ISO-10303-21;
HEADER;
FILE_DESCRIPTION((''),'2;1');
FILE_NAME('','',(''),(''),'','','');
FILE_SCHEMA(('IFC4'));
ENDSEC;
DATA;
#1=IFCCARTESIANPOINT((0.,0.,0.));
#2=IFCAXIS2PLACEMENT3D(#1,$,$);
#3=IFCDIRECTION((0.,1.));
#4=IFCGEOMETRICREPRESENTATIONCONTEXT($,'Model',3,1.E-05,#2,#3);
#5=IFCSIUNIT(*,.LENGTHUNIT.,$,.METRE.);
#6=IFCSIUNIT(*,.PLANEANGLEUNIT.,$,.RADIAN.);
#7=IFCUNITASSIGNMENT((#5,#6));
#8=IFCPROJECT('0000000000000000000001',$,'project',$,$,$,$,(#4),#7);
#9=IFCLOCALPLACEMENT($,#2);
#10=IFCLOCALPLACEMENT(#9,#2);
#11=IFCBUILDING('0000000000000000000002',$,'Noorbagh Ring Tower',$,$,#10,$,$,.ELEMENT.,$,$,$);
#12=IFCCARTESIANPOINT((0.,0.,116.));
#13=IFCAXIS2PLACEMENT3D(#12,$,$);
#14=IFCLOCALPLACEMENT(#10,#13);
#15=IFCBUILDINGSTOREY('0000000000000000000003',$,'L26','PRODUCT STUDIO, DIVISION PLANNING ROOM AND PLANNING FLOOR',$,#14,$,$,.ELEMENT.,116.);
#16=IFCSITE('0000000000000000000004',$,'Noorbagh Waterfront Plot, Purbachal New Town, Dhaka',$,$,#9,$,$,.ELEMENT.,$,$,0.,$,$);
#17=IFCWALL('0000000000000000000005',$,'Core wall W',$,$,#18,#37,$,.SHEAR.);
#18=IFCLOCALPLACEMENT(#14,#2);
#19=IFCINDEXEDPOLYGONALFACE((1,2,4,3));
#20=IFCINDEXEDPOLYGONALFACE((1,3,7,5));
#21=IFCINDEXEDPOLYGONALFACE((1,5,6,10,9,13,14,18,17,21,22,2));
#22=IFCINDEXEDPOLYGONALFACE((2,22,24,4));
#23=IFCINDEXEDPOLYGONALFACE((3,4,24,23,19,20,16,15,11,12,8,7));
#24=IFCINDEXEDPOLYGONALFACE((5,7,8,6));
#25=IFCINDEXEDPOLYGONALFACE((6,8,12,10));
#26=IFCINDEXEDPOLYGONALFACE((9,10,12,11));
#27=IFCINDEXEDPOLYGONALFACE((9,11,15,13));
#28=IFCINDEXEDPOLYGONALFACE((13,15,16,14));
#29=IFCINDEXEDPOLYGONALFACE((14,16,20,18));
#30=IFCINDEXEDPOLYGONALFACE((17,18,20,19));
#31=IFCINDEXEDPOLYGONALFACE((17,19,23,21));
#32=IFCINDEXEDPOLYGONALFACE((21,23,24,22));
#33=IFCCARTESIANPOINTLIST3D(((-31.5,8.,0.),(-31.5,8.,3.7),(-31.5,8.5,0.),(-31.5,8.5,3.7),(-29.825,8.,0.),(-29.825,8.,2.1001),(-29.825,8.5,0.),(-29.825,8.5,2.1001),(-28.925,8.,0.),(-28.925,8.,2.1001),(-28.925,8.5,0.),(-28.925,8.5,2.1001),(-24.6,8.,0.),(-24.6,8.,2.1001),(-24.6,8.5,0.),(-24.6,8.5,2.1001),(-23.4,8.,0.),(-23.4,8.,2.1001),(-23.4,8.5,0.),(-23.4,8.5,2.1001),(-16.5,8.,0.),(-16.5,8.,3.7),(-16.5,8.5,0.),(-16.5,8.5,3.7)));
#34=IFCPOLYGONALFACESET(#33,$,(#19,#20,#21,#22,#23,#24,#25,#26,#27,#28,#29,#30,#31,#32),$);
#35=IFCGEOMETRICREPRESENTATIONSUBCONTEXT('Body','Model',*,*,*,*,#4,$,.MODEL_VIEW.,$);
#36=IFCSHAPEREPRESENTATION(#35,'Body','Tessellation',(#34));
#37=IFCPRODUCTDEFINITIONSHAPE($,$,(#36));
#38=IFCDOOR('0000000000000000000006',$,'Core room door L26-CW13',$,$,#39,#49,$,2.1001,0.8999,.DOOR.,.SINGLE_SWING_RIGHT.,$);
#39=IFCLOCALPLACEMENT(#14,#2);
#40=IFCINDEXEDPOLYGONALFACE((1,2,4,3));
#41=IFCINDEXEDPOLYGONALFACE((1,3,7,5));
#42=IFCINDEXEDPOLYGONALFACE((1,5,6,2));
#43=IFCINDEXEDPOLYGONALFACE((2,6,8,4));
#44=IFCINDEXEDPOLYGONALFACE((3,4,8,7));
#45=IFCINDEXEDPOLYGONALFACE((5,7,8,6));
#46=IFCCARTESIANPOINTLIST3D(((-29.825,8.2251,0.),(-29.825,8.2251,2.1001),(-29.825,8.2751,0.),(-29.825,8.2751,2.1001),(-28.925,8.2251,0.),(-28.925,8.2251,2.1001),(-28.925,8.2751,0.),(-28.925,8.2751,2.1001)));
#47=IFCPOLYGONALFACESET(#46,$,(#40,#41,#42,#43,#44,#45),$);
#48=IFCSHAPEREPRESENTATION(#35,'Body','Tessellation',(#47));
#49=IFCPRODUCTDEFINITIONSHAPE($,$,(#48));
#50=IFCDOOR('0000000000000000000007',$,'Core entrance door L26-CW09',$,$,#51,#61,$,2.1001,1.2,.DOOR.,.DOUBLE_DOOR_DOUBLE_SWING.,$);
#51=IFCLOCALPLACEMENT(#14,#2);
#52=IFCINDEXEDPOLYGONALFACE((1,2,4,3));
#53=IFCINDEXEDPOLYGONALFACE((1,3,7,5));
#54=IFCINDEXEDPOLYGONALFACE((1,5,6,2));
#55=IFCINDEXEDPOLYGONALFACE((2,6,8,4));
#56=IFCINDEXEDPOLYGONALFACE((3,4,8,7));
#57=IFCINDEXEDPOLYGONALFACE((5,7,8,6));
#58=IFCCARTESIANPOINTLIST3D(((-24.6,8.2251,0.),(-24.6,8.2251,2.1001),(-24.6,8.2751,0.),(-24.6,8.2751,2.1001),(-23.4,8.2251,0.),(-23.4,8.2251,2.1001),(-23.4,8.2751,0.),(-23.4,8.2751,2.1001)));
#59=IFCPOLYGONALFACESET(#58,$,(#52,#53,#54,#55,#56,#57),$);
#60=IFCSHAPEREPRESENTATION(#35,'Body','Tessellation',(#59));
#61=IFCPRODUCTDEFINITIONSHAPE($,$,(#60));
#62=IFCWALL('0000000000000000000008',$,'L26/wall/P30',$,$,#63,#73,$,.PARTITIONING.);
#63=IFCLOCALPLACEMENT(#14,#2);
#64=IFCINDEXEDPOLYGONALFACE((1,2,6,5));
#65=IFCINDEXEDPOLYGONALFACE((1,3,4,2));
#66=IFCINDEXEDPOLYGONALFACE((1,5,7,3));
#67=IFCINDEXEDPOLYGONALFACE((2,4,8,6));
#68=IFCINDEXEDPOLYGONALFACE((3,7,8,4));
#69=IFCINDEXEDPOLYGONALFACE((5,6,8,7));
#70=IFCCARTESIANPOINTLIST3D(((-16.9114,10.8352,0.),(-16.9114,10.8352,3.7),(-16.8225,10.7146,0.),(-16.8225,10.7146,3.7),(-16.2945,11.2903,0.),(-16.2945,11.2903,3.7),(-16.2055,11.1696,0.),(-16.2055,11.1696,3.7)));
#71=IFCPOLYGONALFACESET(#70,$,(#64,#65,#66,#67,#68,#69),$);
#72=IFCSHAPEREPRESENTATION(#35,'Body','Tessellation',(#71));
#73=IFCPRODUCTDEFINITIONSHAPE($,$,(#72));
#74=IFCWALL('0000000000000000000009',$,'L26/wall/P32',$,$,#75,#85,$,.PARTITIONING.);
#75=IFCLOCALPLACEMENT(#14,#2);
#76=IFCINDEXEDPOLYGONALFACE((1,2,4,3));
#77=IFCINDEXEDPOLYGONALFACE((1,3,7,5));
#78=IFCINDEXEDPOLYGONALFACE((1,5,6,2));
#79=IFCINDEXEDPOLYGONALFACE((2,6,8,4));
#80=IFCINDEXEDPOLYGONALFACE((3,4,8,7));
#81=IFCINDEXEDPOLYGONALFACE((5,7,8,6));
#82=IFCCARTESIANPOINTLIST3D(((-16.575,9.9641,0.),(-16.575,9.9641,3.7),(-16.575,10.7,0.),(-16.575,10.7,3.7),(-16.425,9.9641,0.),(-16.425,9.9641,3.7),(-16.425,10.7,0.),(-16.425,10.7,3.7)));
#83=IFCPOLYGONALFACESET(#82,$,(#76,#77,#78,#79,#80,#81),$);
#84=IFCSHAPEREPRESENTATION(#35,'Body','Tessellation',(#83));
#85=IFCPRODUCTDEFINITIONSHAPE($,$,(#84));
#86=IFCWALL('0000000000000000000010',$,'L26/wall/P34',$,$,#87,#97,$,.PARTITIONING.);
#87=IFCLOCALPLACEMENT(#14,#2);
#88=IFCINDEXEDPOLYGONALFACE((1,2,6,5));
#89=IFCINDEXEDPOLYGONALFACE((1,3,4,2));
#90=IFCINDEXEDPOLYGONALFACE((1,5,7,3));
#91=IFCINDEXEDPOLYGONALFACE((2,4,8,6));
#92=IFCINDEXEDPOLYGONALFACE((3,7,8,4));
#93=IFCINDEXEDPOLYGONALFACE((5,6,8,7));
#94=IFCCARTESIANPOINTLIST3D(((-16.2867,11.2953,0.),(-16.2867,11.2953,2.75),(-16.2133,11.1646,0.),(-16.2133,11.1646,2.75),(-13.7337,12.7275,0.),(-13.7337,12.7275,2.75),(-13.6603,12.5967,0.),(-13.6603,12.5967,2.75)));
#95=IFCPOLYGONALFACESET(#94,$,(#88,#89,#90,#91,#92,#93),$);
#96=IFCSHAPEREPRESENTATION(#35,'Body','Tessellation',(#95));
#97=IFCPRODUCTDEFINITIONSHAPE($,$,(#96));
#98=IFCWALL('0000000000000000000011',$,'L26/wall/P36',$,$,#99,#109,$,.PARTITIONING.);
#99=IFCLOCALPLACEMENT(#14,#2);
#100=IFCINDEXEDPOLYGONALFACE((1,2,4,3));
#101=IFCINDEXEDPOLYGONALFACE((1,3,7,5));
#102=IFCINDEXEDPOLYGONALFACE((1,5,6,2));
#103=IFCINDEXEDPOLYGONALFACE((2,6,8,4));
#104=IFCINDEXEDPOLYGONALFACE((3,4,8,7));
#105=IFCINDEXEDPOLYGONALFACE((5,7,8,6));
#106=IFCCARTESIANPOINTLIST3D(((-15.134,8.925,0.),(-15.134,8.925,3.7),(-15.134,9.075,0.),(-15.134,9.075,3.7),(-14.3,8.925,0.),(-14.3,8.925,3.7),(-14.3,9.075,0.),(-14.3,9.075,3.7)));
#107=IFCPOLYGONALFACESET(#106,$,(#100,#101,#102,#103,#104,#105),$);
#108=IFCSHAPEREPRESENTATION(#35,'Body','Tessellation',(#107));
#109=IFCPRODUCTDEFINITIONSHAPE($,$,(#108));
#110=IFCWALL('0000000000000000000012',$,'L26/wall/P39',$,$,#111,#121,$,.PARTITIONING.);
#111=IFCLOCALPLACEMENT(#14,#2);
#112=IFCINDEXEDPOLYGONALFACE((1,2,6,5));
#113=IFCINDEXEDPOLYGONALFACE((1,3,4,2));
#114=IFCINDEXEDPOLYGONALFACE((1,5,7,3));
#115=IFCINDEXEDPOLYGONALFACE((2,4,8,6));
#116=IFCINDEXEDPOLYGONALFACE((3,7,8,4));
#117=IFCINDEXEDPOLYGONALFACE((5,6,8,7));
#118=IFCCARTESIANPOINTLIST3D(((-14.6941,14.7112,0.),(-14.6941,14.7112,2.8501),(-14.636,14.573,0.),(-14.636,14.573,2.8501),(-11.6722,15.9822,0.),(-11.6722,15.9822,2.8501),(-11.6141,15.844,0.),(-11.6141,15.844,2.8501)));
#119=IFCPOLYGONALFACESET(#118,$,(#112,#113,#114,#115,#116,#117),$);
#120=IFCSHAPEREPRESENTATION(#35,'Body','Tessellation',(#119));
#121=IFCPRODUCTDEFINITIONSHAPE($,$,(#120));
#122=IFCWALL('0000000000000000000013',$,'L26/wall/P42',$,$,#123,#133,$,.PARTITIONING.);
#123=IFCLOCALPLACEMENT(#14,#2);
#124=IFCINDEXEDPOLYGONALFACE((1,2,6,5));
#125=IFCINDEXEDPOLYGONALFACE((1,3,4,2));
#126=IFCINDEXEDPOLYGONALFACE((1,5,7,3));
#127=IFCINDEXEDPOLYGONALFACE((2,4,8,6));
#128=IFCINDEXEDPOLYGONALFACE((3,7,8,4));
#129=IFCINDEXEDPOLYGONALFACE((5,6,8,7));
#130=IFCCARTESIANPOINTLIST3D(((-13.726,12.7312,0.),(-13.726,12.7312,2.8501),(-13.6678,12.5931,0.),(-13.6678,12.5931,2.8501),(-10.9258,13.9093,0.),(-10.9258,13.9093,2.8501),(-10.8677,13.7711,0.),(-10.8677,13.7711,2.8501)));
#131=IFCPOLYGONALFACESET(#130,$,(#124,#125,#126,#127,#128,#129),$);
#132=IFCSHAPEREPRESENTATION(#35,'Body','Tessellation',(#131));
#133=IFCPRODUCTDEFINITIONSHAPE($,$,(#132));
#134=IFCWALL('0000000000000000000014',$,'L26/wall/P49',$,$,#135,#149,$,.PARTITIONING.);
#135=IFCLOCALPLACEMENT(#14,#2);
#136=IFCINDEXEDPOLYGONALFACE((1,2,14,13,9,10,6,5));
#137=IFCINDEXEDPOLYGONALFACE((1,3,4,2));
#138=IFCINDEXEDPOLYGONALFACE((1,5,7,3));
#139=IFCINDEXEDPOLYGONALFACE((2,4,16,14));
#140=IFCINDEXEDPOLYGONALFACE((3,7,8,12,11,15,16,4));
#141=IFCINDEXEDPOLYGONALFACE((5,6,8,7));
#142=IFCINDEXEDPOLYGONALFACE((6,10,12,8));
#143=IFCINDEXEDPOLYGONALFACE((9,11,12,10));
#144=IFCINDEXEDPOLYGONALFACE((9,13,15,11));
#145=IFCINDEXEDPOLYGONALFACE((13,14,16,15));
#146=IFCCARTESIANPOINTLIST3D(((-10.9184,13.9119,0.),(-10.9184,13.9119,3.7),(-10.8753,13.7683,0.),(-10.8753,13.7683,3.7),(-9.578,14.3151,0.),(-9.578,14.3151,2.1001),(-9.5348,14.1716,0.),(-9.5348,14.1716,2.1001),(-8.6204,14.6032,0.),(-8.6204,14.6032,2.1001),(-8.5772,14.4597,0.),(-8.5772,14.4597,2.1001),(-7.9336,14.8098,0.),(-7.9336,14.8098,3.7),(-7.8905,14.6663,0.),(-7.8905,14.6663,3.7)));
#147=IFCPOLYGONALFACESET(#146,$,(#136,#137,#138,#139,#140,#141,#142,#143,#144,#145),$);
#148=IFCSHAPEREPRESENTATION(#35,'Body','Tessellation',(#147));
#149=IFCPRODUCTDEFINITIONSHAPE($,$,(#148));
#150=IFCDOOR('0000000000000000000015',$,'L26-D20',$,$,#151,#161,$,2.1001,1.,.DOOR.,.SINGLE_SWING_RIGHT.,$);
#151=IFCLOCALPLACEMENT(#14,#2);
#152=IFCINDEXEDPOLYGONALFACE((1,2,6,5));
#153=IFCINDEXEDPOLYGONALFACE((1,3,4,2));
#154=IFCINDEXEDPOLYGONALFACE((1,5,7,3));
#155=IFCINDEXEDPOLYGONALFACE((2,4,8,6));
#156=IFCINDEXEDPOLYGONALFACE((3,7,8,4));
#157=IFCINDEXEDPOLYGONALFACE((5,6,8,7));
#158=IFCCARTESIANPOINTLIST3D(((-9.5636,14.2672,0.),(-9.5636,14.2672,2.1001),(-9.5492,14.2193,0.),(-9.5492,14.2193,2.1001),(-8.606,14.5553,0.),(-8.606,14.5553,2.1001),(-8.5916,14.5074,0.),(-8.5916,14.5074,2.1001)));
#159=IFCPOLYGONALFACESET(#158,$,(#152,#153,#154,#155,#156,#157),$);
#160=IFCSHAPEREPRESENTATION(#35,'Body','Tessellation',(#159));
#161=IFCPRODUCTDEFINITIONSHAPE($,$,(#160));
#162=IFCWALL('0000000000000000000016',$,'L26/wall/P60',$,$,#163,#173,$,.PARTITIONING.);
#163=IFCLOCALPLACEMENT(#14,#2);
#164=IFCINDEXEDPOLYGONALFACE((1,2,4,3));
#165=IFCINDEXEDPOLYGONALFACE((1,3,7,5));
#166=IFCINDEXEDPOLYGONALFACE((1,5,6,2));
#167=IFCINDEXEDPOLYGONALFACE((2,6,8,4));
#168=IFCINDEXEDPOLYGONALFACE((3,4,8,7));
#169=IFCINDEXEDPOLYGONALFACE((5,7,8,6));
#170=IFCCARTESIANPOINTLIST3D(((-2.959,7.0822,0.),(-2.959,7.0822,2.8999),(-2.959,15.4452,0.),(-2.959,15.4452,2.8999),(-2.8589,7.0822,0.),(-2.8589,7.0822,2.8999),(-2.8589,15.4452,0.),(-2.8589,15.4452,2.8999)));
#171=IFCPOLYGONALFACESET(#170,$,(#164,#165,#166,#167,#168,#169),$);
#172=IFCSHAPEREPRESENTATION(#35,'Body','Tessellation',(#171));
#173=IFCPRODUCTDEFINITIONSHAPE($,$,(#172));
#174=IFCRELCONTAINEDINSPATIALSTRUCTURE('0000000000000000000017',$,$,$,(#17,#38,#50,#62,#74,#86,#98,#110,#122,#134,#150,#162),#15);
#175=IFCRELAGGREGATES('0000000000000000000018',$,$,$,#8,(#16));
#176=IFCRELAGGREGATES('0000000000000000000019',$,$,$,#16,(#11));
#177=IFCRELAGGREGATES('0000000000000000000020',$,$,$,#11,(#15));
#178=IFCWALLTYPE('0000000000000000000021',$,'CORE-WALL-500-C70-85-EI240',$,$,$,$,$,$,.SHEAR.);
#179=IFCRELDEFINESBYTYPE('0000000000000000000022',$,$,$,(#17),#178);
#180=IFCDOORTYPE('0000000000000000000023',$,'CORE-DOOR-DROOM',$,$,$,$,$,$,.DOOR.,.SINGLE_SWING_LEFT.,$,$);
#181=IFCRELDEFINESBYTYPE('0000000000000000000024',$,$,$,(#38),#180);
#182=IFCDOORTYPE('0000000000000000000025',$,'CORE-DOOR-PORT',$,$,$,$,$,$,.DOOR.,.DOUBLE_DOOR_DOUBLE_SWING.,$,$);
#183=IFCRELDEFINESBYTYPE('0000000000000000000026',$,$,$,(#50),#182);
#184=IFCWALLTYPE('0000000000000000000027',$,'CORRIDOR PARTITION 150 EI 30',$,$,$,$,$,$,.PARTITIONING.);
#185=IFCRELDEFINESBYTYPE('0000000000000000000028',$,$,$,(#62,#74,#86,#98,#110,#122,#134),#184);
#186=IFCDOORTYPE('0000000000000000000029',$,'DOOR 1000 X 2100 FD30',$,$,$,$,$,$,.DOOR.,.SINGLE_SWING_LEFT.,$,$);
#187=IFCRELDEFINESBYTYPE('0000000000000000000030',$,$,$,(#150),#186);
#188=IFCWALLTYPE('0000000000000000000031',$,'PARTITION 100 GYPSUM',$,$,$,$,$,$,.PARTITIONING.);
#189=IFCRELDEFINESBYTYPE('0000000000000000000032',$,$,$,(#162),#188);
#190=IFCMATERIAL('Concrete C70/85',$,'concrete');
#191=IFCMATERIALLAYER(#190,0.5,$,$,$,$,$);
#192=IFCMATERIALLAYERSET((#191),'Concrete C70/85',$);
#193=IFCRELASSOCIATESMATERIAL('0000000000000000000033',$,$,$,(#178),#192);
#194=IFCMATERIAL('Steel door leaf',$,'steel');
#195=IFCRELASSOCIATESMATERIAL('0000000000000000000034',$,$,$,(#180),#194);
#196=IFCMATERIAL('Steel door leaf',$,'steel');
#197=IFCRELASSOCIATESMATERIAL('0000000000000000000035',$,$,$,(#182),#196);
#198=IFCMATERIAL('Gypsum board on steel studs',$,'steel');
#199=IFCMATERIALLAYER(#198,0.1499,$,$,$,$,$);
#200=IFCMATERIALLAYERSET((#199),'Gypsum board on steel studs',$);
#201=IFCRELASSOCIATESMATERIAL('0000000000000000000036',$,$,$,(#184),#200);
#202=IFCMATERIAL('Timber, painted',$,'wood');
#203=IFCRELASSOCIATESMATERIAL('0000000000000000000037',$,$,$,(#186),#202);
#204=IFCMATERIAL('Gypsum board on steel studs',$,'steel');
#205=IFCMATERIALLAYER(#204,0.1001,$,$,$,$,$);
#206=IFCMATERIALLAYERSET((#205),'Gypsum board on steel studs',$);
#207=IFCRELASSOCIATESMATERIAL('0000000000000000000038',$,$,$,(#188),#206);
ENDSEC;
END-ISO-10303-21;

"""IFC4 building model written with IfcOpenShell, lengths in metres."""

from ifc_helpers import new_model, si_unit, direction, frame, frame_2d, origin, place, context, subcontext, project, spatial, rectangle, extrude, material, layer, layer_set, type_object, element, fill, save


model = new_model("IFC4")

# Units and contexts
model_context = context("Model", 3, precision=1e-05, world=origin(), true_north=direction((0.0, 1.0)))
body_context = subcontext(model_context, "Body", "Model", "MODEL_VIEW")
ifc_project = project(units=[si_unit("LENGTHUNIT", "METRE"), si_unit("PLANEANGLEUNIT", "RADIAN")], contexts=[model_context])

# Site, building, storey
site_placement = place(None, origin())
site = spatial("IfcSite", under=ifc_project, at=site_placement, Name="Noorbagh Waterfront Plot, Purbachal New Town, Dhaka", CompositionType="ELEMENT", RefElevation=0.0)
building_placement = place(site_placement, origin())
building = spatial("IfcBuilding", under=site, at=building_placement, Name="Noorbagh Ring Tower", CompositionType="ELEMENT")
storey_placement = place(building_placement, frame((0.0, 0.0, 116.0)))
storey = spatial("IfcBuildingStorey", under=building, at=storey_placement, Name="L26", Description="PRODUCT STUDIO, DIVISION PLANNING ROOM AND PLANNING FLOOR", CompositionType="ELEMENT", Elevation=116.0)

# Wall, openings, doors
ifc_material_1 = material(Name="Concrete C70/85", Category="concrete")
ifc_layer_1 = layer(ifc_material_1, 0.5)
ifc_layer_set_1 = layer_set([ifc_layer_1], Name="Concrete C70/85")
wall_type_1 = type_object("IfcWallType", Name="CORE-WALL-500-C70-85-EI240", PredefinedType="SHEAR", material=ifc_layer_set_1)
wall_1_placement = place(storey_placement, frame((-16.5, 8.25, 0.0), z_axis=(0.0, 0.0, 1.0), x_axis=(-1.0, 0.0, 0.0)))
wall_1 = element("IfcWall", 1, at=wall_1_placement, inside=storey, type_object=wall_type_1, Name="Core wall W", PredefinedType="SHEAR", context=body_context, shape_type="SweptSolid", body=[
    extrude(rectangle(XDim=15.0, YDim=0.5, at=frame_2d((7.5, 0.0))), origin(), (0.0, 0.0, 1.0), 3.7),
])
opening_1_placement = place(wall_1_placement, frame((6.8999, 0.0, 0.0)))
opening_1 = element("IfcOpeningElement", 2, at=opening_1_placement, cuts=wall_1, PredefinedType="OPENING", context=body_context, shape_type="SweptSolid", body=[
    extrude(rectangle(XDim=1.2, YDim=2.1001, at=frame_2d((0.6001, 1.05))), frame((0.0, 0.26, 0.0), z_axis=(0.0, -1.0, 0.0), x_axis=(1.0, 0.0, 0.0)), (0.0, 0.0, 1.0), 0.52),
])
opening_2_placement = place(wall_1_placement, frame((12.425, 0.0, 0.0)))
opening_2 = element("IfcOpeningElement", 3, at=opening_2_placement, cuts=wall_1, PredefinedType="OPENING", context=body_context, shape_type="SweptSolid", body=[
    extrude(rectangle(XDim=0.8999, YDim=2.1001, at=frame_2d((0.45, 1.05))), frame((0.0, 0.26, 0.0), z_axis=(0.0, -1.0, 0.0), x_axis=(1.0, 0.0, 0.0)), (0.0, 0.0, 1.0), 0.52),
])
ifc_material_2 = material(Name="Steel door leaf", Category="steel")
door_type_1 = type_object("IfcDoorType", Name="CORE-DOOR-DROOM", OperationType="SINGLE_SWING_LEFT", PredefinedType="DOOR", material=ifc_material_2)
door_1_placement = place(opening_2_placement, origin())
door_1 = element("IfcDoor", 4, at=door_1_placement, inside=storey, type_object=door_type_1, Name="Core room door L26-CW13", OperationType="SINGLE_SWING_RIGHT", OverallHeight=2.1001, OverallWidth=0.8999, PredefinedType="DOOR", context=body_context, shape_type="SweptSolid", body=[
    extrude(rectangle(XDim=0.8999, YDim=2.1001, at=frame_2d((0.45, 1.05))), frame((0.0, 0.0249, 0.0), z_axis=(0.0, -1.0, 0.0), x_axis=(1.0, 0.0, 0.0)), (0.0, 0.0, 1.0), 0.05),
])
fill(opening_2, door_1)
ifc_material_3 = material(Name="Steel door leaf", Category="steel")
door_type_2 = type_object("IfcDoorType", Name="CORE-DOOR-PORT", OperationType="DOUBLE_DOOR_DOUBLE_SWING", PredefinedType="DOOR", material=ifc_material_3)
door_2_placement = place(opening_1_placement, origin())
door_2 = element("IfcDoor", 5, at=door_2_placement, inside=storey, type_object=door_type_2, Name="Core entrance door L26-CW09", OperationType="DOUBLE_DOOR_DOUBLE_SWING", OverallHeight=2.1001, OverallWidth=1.2, PredefinedType="DOOR", context=body_context, shape_type="SweptSolid", body=[
    extrude(rectangle(XDim=1.2, YDim=2.1001, at=frame_2d((0.6001, 1.05))), frame((0.0, 0.0249, 0.0), z_axis=(0.0, -1.0, 0.0), x_axis=(1.0, 0.0, 0.0)), (0.0, 0.0, 1.0), 0.05),
])
fill(opening_1, door_2)

# Walls
ifc_material_4 = material(Name="Gypsum board on steel studs", Category="steel")
ifc_layer_2 = layer(ifc_material_4, 0.1499)
ifc_layer_set_2 = layer_set([ifc_layer_2], Name="Gypsum board on steel studs")
wall_type_2 = type_object("IfcWallType", Name="CORRIDOR PARTITION 150 EI 30", PredefinedType="PARTITIONING", material=ifc_layer_set_2)
wall_2_placement = place(storey_placement, frame((-16.8669, 10.7749, 0.0), z_axis=(0.0, 0.0, 1.0), x_axis=(0.804752, 0.593612, 0.0)))
element("IfcWall", 6, at=wall_2_placement, inside=storey, type_object=wall_type_2, Name="L26/wall/P30", PredefinedType="PARTITIONING", context=body_context, shape_type="SweptSolid", body=[
    extrude(rectangle(XDim=0.7666, YDim=0.1499, at=frame_2d((0.3833, 0.0))), origin(), (0.0, 0.0, 1.0), 3.7),
])
wall_3_placement = place(storey_placement, frame((-16.5, 9.9641, 0.0), z_axis=(0.0, 0.0, 1.0), x_axis=(0.0, 1.0, 0.0)))
element("IfcWall", 7, at=wall_3_placement, inside=storey, type_object=wall_type_2, Name="L26/wall/P32", PredefinedType="PARTITIONING", context=body_context, shape_type="SweptSolid", body=[
    extrude(rectangle(XDim=0.7358, YDim=0.1499, at=frame_2d((0.3679, 0.0))), origin(), (0.0, 0.0, 1.0), 3.7),
])
wall_4_placement = place(storey_placement, frame((-16.25, 11.23, 0.0), z_axis=(0.0, 0.0, 1.0), x_axis=(0.872147, 0.489243, 0.0)))
element("IfcWall", 8, at=wall_4_placement, inside=storey, type_object=wall_type_2, Name="L26/wall/P34", PredefinedType="PARTITIONING", context=body_context, shape_type="SweptSolid", body=[
    extrude(rectangle(XDim=2.9272, YDim=0.1499, at=frame_2d((1.4636, 0.0))), origin(), (0.0, 0.0, 1.0), 2.75),
])
wall_5_placement = place(storey_placement, frame((-15.134, 9.0, 0.0), z_axis=(0.0, 0.0, 1.0), x_axis=(1.0, 0.0, 0.0)))
element("IfcWall", 9, at=wall_5_placement, inside=storey, type_object=wall_type_2, Name="L26/wall/P36", PredefinedType="PARTITIONING", context=body_context, shape_type="SweptSolid", body=[
    extrude(rectangle(XDim=0.834, YDim=0.1499, at=frame_2d((0.417, 0.0))), origin(), (0.0, 0.0, 1.0), 3.7),
])
wall_6_placement = place(storey_placement, frame((-14.665, 14.6421, 0.0), z_axis=(0.0, 0.0, 1.0), x_axis=(0.921789, 0.387691, 0.0)))
element("IfcWall", 10, at=wall_6_placement, inside=storey, type_object=wall_type_2, Name="L26/wall/P39", PredefinedType="PARTITIONING", context=body_context, shape_type="SweptSolid", body=[
    extrude(rectangle(XDim=3.2783, YDim=0.1499, at=frame_2d((1.6392, 0.0))), origin(), (0.0, 0.0, 1.0), 2.8501),
])
wall_7_placement = place(storey_placement, frame((-13.697, 12.6621, 0.0), z_axis=(0.0, 0.0, 1.0), x_axis=(0.921752, 0.38778, 0.0)))
element("IfcWall", 11, at=wall_7_placement, inside=storey, type_object=wall_type_2, Name="L26/wall/P42", PredefinedType="PARTITIONING", context=body_context, shape_type="SweptSolid", body=[
    extrude(rectangle(XDim=3.0378, YDim=0.1499, at=frame_2d((1.519, 0.0))), origin(), (0.0, 0.0, 1.0), 2.8501),
])

# Wall, opening, door
wall_8_placement = place(storey_placement, frame((-10.897, 13.8401, 0.0), z_axis=(0.0, 0.0, 1.0), x_axis=(0.957606, 0.288081, 0.0)))
wall_8 = element("IfcWall", 12, at=wall_8_placement, inside=storey, type_object=wall_type_2, Name="L26/wall/P49", PredefinedType="PARTITIONING", context=body_context, shape_type="SweptSolid", body=[
    extrude(rectangle(XDim=3.1169, YDim=0.1499, at=frame_2d((1.5586, 0.0))), origin(), (0.0, 0.0, 1.0), 3.7),
])
opening_3_placement = place(wall_8_placement, frame((1.3999, 0.0, 0.0)))
opening_3 = element("IfcOpeningElement", 13, at=opening_3_placement, cuts=wall_8, PredefinedType="OPENING", context=body_context, shape_type="SweptSolid", body=[
    extrude(rectangle(XDim=1.0, YDim=2.1001, at=frame_2d((0.5, 1.05))), frame((0.0, 0.085, 0.0), z_axis=(0.0, -1.0, 0.0), x_axis=(1.0, 0.0, 0.0)), (0.0, 0.0, 1.0), 0.1699),
])
ifc_material_5 = material(Name="Timber, painted", Category="wood")
door_type_3 = type_object("IfcDoorType", Name="DOOR 1000 X 2100 FD30", OperationType="SINGLE_SWING_LEFT", PredefinedType="DOOR", material=ifc_material_5)
door_3_placement = place(opening_3_placement, origin())
door_3 = element("IfcDoor", 14, at=door_3_placement, inside=storey, type_object=door_type_3, Name="L26-D20", OperationType="SINGLE_SWING_RIGHT", OverallHeight=2.1001, OverallWidth=1.0, PredefinedType="DOOR", context=body_context, shape_type="SweptSolid", body=[
    extrude(rectangle(XDim=1.0, YDim=2.1001, at=frame_2d((0.5, 1.05))), frame((0.0, 0.0249, 0.0), z_axis=(0.0, -1.0, 0.0), x_axis=(1.0, 0.0, 0.0)), (0.0, 0.0, 1.0), 0.05),
])
fill(opening_3, door_3)

# Wall
ifc_material_6 = material(Name="Gypsum board on steel studs", Category="steel")
ifc_layer_3 = layer(ifc_material_6, 0.1001)
ifc_layer_set_3 = layer_set([ifc_layer_3], Name="Gypsum board on steel studs")
wall_type_3 = type_object("IfcWallType", Name="PARTITION 100 GYPSUM", PredefinedType="PARTITIONING", material=ifc_layer_set_3)
wall_9_placement = place(storey_placement, frame((-2.9089, 7.082, 0.0), z_axis=(0.0, 0.0, 1.0), x_axis=(0.0, 1.0, 0.0)))
element("IfcWall", 15, at=wall_9_placement, inside=storey, type_object=wall_type_3, Name="L26/wall/P60", PredefinedType="PARTITIONING", context=body_context, shape_type="SweptSolid", body=[
    extrude(rectangle(XDim=8.363, YDim=0.1001, at=frame_2d((4.1816, 0.0))), origin(), (0.0, 0.0, 1.0), 2.8999),
])

save(model, "model.ifc")
